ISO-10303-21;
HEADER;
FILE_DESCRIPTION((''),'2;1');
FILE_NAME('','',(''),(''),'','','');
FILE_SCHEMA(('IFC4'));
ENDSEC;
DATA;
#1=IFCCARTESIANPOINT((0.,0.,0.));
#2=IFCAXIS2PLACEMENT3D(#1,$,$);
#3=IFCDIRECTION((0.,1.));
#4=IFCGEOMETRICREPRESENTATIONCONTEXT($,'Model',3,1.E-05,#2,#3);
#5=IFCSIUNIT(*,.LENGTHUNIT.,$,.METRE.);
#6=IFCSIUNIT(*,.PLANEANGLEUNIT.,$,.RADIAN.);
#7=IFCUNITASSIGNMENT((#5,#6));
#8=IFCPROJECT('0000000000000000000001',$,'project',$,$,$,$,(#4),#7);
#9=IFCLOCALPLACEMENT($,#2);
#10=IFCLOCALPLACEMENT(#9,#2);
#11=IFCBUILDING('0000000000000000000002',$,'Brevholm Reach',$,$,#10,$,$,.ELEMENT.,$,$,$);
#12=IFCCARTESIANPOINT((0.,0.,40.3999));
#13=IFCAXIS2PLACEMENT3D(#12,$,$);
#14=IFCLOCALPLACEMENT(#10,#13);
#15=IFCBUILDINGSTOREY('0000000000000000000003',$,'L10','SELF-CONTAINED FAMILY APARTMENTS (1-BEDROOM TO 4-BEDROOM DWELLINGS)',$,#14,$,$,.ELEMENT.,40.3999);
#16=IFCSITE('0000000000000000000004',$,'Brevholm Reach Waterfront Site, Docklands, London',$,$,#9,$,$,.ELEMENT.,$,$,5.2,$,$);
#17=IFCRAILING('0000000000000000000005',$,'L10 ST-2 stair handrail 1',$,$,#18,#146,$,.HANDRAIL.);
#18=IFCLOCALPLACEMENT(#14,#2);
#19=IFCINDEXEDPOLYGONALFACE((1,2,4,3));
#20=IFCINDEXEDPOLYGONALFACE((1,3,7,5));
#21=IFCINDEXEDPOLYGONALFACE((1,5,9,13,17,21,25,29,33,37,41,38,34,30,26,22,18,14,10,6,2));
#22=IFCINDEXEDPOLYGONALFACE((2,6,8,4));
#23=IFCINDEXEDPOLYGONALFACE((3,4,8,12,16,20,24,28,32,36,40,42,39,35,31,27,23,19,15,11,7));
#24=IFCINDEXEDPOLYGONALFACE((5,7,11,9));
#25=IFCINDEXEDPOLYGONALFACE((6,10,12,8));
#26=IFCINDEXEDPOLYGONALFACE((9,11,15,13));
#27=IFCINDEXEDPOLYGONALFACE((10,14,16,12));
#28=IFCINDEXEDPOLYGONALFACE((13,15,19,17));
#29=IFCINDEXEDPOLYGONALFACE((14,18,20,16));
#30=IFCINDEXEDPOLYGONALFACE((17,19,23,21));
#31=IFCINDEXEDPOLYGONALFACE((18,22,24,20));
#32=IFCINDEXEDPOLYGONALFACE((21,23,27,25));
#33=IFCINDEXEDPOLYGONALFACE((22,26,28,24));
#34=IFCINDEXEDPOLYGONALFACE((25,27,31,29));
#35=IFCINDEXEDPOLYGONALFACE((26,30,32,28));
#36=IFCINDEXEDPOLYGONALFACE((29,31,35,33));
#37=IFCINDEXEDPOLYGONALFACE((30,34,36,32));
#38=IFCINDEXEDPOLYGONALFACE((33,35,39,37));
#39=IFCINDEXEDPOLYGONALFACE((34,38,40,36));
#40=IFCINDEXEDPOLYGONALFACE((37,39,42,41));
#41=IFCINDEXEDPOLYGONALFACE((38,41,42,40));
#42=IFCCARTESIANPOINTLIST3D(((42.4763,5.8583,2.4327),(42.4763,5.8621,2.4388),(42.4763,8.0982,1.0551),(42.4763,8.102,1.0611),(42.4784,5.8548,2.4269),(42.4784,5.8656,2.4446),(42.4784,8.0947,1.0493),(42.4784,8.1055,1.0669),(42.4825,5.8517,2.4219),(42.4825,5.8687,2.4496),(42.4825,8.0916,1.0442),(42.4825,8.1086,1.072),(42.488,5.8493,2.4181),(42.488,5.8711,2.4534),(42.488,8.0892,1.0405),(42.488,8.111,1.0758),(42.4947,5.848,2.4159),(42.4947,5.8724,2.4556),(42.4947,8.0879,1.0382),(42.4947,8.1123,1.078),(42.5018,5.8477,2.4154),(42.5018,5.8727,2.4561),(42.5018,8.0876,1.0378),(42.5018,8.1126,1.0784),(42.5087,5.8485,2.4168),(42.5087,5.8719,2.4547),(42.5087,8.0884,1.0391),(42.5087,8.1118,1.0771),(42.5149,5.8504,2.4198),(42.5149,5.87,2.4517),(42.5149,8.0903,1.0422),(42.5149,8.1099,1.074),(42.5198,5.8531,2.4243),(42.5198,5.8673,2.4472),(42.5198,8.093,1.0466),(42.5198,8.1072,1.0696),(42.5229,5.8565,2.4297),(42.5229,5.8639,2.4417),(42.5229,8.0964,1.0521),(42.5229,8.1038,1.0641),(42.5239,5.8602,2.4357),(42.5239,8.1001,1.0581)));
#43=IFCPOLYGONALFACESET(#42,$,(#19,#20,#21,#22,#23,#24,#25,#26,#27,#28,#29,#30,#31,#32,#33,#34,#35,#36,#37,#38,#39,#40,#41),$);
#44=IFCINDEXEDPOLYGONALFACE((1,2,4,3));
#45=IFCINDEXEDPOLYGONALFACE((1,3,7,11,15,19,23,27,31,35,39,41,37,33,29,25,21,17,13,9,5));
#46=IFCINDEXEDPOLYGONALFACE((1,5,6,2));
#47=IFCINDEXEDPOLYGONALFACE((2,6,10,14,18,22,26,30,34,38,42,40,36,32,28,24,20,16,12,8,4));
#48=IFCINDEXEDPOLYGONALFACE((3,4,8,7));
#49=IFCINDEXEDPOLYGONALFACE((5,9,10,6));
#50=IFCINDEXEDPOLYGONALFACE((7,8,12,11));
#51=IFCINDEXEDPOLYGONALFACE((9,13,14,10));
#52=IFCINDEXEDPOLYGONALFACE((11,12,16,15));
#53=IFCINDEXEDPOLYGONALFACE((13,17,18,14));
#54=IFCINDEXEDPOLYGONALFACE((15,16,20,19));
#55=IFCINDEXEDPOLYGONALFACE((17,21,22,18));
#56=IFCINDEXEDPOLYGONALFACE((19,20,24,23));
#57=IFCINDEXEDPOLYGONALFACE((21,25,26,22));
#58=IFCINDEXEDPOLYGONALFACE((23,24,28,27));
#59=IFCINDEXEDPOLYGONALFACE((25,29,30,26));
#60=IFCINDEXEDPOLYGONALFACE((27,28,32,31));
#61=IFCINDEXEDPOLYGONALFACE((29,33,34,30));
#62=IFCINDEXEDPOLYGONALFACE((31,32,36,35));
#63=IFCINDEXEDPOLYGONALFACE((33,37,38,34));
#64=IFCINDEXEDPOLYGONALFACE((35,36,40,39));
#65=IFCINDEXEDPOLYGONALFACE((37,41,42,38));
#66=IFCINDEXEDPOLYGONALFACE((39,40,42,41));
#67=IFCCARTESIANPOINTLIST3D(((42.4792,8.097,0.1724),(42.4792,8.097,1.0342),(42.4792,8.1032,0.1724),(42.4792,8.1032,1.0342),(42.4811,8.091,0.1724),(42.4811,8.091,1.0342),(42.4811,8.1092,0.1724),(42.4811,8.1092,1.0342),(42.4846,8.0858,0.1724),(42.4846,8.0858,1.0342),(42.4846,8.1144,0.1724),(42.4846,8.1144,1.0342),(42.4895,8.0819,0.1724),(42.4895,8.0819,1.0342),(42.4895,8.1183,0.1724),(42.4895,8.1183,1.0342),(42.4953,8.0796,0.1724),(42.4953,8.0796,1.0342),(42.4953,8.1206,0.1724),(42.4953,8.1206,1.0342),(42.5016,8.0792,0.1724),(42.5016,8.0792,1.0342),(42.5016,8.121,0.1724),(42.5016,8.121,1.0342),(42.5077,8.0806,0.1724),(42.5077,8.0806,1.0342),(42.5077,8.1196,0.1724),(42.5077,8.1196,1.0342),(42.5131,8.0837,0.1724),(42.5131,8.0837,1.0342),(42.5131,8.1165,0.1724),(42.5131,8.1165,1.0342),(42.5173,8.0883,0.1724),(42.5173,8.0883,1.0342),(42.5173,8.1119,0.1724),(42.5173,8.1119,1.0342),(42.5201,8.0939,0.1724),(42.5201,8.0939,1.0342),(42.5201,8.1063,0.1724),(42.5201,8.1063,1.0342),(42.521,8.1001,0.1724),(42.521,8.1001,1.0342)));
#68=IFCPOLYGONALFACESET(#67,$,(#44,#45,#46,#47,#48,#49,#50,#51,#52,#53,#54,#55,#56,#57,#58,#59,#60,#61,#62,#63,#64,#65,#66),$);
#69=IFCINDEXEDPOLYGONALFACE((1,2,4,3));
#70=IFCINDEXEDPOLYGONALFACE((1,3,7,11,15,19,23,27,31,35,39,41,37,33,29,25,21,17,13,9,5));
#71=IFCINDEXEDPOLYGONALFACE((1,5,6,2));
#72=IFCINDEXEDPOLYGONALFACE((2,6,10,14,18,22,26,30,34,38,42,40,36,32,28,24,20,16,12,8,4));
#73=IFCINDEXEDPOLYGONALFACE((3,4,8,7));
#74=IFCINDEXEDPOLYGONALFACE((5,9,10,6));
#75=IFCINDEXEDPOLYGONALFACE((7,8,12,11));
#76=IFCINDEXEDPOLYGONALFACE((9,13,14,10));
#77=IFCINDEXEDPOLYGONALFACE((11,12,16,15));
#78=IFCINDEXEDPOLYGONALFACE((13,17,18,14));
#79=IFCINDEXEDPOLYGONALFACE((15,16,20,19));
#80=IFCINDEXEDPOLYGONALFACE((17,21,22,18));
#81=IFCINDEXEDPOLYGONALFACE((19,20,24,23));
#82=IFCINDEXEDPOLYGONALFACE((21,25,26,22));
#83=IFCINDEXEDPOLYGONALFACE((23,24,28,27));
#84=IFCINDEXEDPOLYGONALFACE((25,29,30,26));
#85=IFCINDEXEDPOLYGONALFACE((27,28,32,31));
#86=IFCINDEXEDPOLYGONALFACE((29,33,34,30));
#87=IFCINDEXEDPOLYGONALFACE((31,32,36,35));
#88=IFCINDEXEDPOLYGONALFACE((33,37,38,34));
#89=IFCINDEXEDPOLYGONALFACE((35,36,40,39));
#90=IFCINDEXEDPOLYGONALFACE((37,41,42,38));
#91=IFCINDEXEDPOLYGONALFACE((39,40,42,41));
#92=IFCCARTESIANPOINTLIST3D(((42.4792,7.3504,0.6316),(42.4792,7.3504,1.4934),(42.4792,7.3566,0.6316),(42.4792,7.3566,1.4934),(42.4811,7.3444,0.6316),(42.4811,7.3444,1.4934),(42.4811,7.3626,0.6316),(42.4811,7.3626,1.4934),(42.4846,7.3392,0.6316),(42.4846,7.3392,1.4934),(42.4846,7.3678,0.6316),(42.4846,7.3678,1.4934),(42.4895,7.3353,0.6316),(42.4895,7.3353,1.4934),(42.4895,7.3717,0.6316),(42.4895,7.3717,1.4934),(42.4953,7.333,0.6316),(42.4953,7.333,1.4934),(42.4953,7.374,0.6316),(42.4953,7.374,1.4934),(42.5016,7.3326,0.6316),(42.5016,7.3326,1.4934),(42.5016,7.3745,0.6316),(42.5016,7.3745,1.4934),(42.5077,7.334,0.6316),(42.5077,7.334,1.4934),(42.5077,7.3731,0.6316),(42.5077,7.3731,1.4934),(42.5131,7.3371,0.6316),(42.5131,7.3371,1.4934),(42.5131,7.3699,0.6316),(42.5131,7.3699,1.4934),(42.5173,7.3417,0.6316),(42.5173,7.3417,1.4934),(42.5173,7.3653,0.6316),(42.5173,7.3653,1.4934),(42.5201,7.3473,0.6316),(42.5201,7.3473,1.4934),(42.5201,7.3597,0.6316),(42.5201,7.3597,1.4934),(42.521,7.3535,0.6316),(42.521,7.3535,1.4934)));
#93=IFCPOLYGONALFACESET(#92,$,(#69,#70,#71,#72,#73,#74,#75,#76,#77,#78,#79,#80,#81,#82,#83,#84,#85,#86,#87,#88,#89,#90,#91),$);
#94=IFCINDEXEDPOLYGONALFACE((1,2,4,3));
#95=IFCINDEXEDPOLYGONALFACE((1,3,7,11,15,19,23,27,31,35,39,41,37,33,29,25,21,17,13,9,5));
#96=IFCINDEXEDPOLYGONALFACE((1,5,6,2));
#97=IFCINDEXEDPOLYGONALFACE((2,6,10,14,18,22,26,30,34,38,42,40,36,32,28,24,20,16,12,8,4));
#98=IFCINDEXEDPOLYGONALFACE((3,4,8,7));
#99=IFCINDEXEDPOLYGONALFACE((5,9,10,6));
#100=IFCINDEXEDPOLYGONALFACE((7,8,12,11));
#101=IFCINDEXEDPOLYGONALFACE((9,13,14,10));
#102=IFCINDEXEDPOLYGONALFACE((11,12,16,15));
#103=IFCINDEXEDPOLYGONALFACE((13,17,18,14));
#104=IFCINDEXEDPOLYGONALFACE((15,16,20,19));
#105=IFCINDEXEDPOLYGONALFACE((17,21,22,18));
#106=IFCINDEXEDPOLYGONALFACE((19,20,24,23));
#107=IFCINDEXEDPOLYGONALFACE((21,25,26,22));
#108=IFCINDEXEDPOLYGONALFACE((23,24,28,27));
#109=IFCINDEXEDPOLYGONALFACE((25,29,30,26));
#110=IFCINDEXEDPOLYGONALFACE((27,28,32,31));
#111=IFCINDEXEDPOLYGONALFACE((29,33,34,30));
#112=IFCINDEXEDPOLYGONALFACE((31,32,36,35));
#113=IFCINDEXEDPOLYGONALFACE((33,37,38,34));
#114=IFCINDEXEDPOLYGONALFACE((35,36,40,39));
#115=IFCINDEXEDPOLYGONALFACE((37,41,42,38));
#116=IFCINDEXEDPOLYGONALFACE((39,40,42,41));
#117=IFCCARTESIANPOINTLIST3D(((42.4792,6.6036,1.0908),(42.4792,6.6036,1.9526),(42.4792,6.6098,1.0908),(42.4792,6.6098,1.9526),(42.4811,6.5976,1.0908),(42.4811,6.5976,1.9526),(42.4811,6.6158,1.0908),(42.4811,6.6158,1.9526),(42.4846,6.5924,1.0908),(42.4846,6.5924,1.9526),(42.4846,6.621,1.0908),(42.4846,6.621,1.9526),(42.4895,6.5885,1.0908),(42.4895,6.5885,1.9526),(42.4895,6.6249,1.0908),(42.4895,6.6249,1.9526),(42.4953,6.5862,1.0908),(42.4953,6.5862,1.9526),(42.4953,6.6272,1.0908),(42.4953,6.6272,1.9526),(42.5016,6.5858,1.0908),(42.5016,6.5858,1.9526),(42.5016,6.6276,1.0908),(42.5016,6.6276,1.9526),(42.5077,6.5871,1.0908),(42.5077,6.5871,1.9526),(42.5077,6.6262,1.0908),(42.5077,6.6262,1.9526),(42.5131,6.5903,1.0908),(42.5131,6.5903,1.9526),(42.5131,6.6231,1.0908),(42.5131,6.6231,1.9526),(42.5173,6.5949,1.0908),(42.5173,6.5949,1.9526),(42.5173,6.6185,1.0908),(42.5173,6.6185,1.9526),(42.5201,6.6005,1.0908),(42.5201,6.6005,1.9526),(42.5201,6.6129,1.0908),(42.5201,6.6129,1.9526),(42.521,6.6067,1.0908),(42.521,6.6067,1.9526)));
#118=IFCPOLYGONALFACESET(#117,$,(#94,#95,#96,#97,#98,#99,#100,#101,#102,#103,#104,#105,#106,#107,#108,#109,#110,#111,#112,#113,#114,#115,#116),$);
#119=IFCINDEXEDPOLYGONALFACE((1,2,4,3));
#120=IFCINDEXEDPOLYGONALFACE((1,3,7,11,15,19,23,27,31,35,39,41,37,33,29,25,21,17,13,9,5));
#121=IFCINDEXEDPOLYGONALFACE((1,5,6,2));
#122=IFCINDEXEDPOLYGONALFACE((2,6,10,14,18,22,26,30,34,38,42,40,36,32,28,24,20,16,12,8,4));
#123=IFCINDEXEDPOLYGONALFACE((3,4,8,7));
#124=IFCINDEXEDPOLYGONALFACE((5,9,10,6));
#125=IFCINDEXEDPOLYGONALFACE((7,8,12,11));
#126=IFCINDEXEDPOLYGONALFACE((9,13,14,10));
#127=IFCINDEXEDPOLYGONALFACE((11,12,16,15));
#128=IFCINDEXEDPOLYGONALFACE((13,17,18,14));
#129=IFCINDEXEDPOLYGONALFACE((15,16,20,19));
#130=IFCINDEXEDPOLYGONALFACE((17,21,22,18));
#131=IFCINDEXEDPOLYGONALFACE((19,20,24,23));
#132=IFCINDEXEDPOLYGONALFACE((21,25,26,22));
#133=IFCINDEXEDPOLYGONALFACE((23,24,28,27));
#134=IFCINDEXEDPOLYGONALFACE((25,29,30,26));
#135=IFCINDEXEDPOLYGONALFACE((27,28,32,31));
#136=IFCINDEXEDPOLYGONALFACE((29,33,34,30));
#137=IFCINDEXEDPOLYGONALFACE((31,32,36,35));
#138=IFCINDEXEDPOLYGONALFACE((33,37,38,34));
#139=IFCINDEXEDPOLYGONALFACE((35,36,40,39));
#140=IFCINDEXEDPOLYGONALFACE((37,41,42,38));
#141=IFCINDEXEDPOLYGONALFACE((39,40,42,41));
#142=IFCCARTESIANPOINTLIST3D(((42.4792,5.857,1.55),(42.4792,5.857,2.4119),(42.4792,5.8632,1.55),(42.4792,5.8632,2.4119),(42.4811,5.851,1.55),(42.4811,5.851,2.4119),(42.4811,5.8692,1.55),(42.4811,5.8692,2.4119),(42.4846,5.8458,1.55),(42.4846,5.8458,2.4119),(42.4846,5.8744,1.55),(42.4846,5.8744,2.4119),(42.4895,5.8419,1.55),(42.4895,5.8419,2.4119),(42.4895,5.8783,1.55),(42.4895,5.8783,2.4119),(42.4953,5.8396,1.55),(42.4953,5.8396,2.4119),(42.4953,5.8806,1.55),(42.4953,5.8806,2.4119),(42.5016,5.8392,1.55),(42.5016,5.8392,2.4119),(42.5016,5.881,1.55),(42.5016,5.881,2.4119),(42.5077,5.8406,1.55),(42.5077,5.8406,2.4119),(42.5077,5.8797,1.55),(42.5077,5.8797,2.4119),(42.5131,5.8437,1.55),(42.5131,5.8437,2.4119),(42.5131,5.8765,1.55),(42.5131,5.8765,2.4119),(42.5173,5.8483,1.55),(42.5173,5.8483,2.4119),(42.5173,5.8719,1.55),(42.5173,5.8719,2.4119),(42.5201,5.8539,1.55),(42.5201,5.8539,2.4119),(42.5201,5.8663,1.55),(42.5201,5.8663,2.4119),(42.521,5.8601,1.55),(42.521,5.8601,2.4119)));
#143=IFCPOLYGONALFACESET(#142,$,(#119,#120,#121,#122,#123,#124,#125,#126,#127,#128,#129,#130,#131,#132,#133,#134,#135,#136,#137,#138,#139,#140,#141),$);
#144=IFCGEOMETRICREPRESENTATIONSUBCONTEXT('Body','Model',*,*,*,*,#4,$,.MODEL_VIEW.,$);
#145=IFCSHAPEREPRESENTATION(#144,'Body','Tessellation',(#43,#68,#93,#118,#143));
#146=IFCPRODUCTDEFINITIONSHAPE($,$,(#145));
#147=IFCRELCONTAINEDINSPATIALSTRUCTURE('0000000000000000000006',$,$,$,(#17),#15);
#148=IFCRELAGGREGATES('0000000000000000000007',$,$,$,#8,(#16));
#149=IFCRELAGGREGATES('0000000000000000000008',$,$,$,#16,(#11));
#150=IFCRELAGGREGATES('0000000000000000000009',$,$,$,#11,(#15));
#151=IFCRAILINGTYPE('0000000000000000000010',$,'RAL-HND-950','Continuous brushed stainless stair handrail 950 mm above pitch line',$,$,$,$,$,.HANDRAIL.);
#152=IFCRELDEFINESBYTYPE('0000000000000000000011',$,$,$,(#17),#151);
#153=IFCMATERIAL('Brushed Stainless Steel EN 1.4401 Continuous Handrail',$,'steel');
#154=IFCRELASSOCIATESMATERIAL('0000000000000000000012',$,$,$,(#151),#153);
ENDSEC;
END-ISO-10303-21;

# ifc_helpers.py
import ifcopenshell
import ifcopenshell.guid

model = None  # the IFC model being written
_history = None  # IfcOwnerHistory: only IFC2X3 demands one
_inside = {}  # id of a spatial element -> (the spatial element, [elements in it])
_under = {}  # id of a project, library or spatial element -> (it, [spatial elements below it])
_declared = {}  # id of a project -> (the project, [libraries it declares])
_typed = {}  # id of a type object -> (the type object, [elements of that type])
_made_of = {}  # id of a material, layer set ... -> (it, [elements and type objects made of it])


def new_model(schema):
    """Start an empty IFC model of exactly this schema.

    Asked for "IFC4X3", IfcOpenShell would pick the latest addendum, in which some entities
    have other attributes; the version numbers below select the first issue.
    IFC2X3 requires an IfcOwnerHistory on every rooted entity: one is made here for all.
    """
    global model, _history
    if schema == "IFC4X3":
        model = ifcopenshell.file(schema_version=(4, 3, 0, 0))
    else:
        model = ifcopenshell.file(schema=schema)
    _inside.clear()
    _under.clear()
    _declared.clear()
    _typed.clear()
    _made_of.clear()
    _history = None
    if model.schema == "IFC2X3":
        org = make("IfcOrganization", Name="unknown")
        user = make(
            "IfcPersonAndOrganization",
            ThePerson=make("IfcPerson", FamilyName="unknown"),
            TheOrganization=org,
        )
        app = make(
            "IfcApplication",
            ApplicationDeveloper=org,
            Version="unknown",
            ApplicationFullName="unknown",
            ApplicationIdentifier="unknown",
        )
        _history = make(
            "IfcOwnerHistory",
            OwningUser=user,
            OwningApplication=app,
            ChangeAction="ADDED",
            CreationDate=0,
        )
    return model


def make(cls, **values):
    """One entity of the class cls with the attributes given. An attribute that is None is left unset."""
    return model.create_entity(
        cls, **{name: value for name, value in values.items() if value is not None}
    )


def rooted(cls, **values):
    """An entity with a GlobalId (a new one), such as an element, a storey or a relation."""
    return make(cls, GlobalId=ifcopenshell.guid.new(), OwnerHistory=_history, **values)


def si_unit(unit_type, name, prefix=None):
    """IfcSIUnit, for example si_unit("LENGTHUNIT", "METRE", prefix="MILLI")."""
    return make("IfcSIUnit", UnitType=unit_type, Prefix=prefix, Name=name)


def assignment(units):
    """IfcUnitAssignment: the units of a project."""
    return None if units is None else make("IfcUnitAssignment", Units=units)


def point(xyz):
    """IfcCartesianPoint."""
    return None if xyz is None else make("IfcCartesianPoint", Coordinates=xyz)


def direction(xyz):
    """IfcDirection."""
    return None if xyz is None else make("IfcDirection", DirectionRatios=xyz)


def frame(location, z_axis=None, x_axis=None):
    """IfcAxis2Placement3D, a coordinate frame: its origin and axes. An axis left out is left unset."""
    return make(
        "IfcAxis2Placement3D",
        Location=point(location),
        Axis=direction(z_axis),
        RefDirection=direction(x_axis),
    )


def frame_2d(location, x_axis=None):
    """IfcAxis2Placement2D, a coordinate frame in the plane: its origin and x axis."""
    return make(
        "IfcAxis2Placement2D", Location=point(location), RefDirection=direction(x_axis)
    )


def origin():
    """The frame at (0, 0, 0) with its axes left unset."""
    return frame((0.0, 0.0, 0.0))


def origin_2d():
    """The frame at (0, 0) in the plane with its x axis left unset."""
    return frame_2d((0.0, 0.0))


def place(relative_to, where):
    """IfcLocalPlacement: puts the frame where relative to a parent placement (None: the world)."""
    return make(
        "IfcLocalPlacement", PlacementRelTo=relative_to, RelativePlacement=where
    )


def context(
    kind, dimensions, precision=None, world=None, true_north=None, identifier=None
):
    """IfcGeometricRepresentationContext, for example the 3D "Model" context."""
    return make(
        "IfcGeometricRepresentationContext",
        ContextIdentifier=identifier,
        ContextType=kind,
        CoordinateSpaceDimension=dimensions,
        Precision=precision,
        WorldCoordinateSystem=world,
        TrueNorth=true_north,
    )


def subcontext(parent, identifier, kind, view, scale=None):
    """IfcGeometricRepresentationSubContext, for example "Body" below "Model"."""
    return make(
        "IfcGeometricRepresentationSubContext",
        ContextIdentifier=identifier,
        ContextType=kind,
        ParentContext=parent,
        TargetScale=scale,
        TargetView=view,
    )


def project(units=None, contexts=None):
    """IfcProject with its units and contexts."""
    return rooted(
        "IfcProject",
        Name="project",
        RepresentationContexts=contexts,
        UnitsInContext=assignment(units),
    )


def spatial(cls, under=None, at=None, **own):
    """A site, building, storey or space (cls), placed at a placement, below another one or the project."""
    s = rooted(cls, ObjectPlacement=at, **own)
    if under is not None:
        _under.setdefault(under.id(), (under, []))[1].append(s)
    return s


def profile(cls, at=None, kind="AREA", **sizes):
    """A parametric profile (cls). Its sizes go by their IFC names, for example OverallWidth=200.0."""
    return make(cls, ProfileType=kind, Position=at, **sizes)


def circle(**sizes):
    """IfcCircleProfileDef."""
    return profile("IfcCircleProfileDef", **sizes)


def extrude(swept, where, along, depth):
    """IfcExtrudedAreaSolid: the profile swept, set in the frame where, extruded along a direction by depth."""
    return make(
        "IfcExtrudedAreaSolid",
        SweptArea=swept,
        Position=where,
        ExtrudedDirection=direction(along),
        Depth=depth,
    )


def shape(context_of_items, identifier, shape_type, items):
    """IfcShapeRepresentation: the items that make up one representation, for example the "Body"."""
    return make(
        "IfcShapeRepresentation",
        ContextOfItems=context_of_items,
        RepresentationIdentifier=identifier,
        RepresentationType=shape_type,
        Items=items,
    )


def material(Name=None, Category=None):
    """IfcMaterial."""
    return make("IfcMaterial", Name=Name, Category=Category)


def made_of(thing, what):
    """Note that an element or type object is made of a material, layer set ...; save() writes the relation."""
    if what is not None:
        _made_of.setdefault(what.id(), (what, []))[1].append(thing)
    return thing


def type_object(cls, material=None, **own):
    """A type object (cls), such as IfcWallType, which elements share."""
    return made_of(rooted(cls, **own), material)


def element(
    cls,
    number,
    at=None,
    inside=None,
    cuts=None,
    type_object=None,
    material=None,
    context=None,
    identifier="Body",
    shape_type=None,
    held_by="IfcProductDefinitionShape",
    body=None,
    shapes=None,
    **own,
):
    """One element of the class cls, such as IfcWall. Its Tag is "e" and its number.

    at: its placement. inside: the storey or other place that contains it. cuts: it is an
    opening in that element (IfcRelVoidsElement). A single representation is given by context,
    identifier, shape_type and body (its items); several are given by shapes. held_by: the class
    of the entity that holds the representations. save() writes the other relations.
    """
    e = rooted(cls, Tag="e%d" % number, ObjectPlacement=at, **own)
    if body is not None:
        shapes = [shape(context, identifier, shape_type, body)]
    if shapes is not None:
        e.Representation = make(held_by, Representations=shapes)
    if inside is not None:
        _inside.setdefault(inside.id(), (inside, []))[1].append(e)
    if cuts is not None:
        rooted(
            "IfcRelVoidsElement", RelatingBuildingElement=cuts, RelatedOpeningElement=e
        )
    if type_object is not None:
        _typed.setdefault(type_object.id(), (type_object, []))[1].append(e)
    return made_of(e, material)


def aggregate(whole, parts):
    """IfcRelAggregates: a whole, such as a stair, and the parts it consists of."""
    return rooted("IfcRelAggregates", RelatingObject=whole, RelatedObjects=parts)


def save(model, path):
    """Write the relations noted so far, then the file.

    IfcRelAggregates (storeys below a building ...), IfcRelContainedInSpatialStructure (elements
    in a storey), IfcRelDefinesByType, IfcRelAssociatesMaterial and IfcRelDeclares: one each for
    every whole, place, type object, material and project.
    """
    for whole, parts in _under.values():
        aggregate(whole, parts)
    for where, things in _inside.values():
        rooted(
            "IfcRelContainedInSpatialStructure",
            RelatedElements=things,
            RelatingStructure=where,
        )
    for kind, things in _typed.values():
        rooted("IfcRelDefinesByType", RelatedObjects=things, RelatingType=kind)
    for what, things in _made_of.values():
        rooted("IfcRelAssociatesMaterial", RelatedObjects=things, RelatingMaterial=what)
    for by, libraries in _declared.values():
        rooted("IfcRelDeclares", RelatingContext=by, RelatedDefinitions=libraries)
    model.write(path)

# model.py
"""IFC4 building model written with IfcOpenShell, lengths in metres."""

from ifc_helpers import new_model, si_unit, direction, frame, origin, origin_2d, place, context, subcontext, project, spatial, circle, extrude, material, type_object, element, save


model = new_model("IFC4")

# Units and contexts
model_context = context("Model", 3, precision=1e-05, world=origin(), true_north=direction((0.0, 1.0)))
body_context = subcontext(model_context, "Body", "Model", "MODEL_VIEW")
ifc_project = project(units=[si_unit("LENGTHUNIT", "METRE"), si_unit("PLANEANGLEUNIT", "RADIAN")], contexts=[model_context])

# Site, building, storey
site_placement = place(None, origin())
site = spatial("IfcSite", under=ifc_project, at=site_placement, Name="Brevholm Reach Waterfront Site, Docklands, London", CompositionType="ELEMENT", RefElevation=5.2)
building_placement = place(site_placement, origin())
building = spatial("IfcBuilding", under=site, at=building_placement, Name="Brevholm Reach", CompositionType="ELEMENT")
storey_placement = place(building_placement, frame((0.0, 0.0, 40.3999)))
storey = spatial("IfcBuildingStorey", under=building, at=storey_placement, Name="L10", Description="SELF-CONTAINED FAMILY APARTMENTS (1-BEDROOM TO 4-BEDROOM DWELLINGS)", CompositionType="ELEMENT", Elevation=40.3999)

# Railing
ifc_material_1 = material(Name="Brushed Stainless Steel EN 1.4401 Continuous Handrail", Category="steel")
railing_type_1 = type_object("IfcRailingType", Name="RAL-HND-950", Description="Continuous brushed stainless stair handrail 950 mm above pitch line", PredefinedType="HANDRAIL", material=ifc_material_1)
railing_1_placement = place(storey_placement, frame((42.5, 8.1001, 0.1724)))
element("IfcRailing", 1, at=railing_1_placement, inside=storey, type_object=railing_type_1, Name="L10 ST-2 stair handrail 1", PredefinedType="HANDRAIL", context=body_context, shape_type="SweptSolid", body=[
    extrude(circle(Radius=0.0239, at=origin_2d()), frame((0.0, 0.0, 0.8857), z_axis=(0.0, -0.851789, 0.523885), x_axis=(1.0, 0.0, 0.0)), (0.0, 0.0, 1.0), 2.6296),
    extrude(circle(Radius=0.021, at=origin_2d()), origin(), (0.0, 0.0, 1.0), 0.8618),
    extrude(circle(Radius=0.021, at=origin_2d()), frame((0.0, -0.7466, 0.4592)), (0.0, 0.0, 1.0), 0.8618),
    extrude(circle(Radius=0.021, at=origin_2d()), frame((0.0, -1.4934, 0.9185)), (0.0, 0.0, 1.0), 0.8618),
    extrude(circle(Radius=0.021, at=origin_2d()), frame((0.0, -2.24, 1.3777)), (0.0, 0.0, 1.0), 0.8618),
])

save(model, "model.ifc")
